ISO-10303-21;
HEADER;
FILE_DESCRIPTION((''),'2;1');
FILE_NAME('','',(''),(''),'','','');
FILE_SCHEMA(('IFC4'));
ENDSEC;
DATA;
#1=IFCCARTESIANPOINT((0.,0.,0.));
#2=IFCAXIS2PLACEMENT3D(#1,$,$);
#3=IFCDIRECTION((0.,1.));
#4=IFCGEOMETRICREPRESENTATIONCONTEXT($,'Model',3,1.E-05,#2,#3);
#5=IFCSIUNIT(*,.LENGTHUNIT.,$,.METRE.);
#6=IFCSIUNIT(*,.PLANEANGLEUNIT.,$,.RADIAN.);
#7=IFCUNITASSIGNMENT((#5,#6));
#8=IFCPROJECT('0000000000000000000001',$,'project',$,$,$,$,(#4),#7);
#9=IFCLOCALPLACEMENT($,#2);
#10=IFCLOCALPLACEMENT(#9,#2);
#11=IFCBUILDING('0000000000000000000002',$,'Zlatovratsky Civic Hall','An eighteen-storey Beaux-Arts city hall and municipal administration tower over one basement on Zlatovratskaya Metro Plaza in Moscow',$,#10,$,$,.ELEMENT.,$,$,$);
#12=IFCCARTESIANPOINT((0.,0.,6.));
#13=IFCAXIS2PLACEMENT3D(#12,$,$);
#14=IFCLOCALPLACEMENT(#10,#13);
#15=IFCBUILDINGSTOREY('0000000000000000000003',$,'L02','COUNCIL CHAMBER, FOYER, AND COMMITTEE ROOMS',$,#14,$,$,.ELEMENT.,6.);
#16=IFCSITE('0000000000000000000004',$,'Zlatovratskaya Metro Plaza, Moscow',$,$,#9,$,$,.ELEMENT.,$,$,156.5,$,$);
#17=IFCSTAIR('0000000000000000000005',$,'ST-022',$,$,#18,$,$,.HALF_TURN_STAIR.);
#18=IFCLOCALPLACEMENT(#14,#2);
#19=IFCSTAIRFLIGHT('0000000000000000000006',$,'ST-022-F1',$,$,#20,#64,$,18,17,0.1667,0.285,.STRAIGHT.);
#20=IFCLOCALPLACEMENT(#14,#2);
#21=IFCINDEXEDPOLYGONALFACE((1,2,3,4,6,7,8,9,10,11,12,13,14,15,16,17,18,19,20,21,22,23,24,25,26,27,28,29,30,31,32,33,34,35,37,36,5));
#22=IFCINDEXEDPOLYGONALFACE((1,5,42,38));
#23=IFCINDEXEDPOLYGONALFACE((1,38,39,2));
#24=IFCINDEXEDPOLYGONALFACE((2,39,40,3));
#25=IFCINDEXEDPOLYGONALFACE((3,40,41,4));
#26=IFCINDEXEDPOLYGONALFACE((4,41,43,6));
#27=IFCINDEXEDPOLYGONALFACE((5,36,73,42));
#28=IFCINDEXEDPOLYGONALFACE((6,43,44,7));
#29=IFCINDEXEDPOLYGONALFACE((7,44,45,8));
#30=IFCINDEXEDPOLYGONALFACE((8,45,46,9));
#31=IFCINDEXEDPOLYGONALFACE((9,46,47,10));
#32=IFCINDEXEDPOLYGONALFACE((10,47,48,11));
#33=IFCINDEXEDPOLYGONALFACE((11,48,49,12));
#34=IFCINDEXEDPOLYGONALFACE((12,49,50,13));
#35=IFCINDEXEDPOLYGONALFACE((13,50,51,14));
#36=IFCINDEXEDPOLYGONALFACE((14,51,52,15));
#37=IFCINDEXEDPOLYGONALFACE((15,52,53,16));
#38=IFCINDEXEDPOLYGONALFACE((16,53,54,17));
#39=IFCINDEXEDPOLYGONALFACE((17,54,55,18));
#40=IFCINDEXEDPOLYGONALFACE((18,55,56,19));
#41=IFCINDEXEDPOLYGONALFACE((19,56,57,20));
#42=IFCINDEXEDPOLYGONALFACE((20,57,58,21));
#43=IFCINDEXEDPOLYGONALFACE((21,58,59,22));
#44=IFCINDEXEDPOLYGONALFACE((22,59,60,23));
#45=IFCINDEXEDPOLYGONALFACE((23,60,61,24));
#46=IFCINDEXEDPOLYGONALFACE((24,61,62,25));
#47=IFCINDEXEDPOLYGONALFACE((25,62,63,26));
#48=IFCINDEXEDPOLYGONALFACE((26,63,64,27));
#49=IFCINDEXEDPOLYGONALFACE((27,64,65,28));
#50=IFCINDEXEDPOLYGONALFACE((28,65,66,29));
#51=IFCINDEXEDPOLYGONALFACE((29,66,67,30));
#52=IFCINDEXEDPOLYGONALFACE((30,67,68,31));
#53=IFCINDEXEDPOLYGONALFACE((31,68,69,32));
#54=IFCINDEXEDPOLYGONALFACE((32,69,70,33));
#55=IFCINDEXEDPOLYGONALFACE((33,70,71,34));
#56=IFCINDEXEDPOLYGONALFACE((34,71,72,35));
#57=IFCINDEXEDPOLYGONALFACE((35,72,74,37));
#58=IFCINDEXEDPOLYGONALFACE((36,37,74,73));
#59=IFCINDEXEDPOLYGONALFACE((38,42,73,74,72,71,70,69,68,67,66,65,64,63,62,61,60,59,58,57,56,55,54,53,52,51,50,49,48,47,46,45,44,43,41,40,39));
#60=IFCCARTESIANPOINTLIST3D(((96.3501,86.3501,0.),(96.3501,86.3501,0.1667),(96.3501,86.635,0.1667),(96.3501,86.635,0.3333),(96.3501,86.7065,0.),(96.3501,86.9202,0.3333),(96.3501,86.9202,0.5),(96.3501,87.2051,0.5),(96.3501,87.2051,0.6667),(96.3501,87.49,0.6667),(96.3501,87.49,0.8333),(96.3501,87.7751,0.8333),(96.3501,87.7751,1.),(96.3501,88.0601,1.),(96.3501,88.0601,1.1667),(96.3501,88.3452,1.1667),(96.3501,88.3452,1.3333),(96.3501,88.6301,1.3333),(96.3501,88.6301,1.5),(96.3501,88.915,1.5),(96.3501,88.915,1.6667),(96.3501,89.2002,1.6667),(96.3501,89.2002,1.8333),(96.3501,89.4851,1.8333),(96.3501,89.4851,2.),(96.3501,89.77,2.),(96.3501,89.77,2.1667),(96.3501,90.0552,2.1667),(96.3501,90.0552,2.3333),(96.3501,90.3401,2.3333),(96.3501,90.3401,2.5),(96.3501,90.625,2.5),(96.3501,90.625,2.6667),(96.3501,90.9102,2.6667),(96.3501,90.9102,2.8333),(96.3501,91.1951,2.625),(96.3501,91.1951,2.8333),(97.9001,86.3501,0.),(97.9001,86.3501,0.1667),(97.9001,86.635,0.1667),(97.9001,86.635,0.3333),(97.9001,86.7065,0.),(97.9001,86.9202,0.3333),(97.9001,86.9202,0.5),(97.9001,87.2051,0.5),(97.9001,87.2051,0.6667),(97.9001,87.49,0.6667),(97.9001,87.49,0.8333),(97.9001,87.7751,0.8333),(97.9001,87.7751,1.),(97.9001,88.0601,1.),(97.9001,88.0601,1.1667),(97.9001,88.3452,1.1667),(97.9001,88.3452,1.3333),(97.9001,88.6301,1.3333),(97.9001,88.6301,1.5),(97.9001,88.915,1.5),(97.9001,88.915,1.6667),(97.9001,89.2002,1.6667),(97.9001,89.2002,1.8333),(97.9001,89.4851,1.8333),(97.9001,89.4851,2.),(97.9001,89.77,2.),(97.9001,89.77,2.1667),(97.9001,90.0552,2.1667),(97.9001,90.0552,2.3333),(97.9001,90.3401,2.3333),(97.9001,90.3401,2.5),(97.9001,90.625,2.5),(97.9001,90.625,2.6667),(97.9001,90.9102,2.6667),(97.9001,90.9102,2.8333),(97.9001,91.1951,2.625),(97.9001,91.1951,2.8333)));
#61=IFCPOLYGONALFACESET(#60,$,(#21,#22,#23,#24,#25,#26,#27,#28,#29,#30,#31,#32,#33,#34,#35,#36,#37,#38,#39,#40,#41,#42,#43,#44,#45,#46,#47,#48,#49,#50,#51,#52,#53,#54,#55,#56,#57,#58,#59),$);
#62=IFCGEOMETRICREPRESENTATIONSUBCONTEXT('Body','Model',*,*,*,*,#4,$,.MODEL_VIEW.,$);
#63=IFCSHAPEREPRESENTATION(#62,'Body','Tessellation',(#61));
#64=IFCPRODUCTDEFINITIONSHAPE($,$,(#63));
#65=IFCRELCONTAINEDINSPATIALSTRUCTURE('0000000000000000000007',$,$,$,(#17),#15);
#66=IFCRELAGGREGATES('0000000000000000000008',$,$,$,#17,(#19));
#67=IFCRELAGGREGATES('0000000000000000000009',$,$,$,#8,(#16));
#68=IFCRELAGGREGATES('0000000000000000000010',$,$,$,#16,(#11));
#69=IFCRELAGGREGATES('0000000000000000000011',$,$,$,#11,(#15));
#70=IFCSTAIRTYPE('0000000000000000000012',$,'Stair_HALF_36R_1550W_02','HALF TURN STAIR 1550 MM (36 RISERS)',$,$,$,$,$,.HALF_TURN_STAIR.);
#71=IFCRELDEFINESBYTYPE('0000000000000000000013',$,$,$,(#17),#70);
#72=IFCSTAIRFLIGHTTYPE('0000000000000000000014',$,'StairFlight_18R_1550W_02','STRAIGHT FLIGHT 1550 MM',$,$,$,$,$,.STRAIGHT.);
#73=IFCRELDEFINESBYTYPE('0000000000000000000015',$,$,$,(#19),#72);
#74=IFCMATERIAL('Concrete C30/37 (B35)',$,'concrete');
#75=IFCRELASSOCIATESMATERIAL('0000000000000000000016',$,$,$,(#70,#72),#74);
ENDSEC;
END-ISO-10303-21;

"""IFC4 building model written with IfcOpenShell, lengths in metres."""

from ifc_helpers import new_model, si_unit, direction, frame, origin, place, context, subcontext, project, spatial, polyline, outline, extrude, material, type_object, element, aggregate, save


model = new_model("IFC4")

# Units and contexts
model_context = context("Model", 3, precision=1e-05, world=origin(), true_north=direction((0.0, 1.0)))
body_context = subcontext(model_context, "Body", "Model", "MODEL_VIEW")
ifc_project = project(units=[si_unit("LENGTHUNIT", "METRE"), si_unit("PLANEANGLEUNIT", "RADIAN")], contexts=[model_context])

# Site, building, storey
site_placement = place(None, origin())
site = spatial("IfcSite", under=ifc_project, at=site_placement, Name="Zlatovratskaya Metro Plaza, Moscow", CompositionType="ELEMENT", RefElevation=156.5)
building_placement = place(site_placement, origin())
building = spatial("IfcBuilding", under=site, at=building_placement, Name="Zlatovratsky Civic Hall", Description="An eighteen-storey Beaux-Arts city hall and municipal administration tower over one basement on Zlatovratskaya Metro Plaza in Moscow", CompositionType="ELEMENT")
storey_placement = place(building_placement, frame((0.0, 0.0, 6.0)))
storey = spatial("IfcBuildingStorey", under=building, at=storey_placement, Name="L02", Description="COUNCIL CHAMBER, FOYER, AND COMMITTEE ROOMS", CompositionType="ELEMENT", Elevation=6.0)

# Stair, stair flight
ifc_material_1 = material(Name="Concrete C30/37 (B35)", Category="concrete")
stair_type = type_object("IfcStairType", Name="Stair_HALF_36R_1550W_02", Description="HALF TURN STAIR 1550 MM (36 RISERS)", PredefinedType="HALF_TURN_STAIR", material=ifc_material_1)
stair_placement = place(storey_placement, origin())
stair = element("IfcStair", 1, at=stair_placement, inside=storey, type_object=stair_type, Name="ST-022", PredefinedType="HALF_TURN_STAIR")
stair_flight_type = type_object("IfcStairFlightType", Name="StairFlight_18R_1550W_02", Description="STRAIGHT FLIGHT 1550 MM", PredefinedType="STRAIGHT", material=ifc_material_1)
stair_flight_placement = place(storey_placement, frame((97.125, 86.3501, 0.0), z_axis=(0.0, 0.0, 1.0), x_axis=(0.0, 1.0, 0.0)))
stair_flight = element("IfcStairFlight", 2, at=stair_flight_placement, type_object=stair_flight_type, Name="ST-022-F1", NumberOfRisers=18, NumberOfTreads=17, PredefinedType="STRAIGHT", RiserHeight=0.1667, TreadLength=0.285, context=body_context, shape_type="SweptSolid", body=[
    extrude(outline(polyline([(0.0, 0.0), (0.0, 0.1667), (0.2849, 0.1667), (0.2849, 0.3333), (0.5701, 0.3333), (0.5701, 0.5), (0.855, 0.5), (0.855, 0.6667), (1.1399, 0.6667), (1.1399, 0.8333), (1.425, 0.8333), (1.425, 1.0), (1.71, 1.0), (1.71, 1.1667), (1.9951, 1.1667), (1.9951, 1.3333), (2.28, 1.3333), (2.28, 1.5), (2.5649, 1.5), (2.5649, 1.6667), (2.8501, 1.6667), (2.8501, 1.8333), (3.135, 1.8333), (3.135, 2.0), (3.4199, 2.0), (3.4199, 2.1667), (3.7051, 2.1667), (3.7051, 2.3333), (3.99, 2.3333), (3.99, 2.5), (4.2749, 2.5), (4.2749, 2.6667), (4.5601, 2.6667), (4.5601, 2.8333), (4.845, 2.8333), (4.845, 3.0), (4.845, 2.625), (0.3564, 0.0), (0.0, 0.0)])), frame((0.0, 0.7749, 0.0), z_axis=(0.0, -1.0, 0.0), x_axis=(1.0, 0.0, 0.0)), (0.0, 0.0, 1.0), 1.55),
])
aggregate(stair, [stair_flight])

save(model, "model.ifc")
